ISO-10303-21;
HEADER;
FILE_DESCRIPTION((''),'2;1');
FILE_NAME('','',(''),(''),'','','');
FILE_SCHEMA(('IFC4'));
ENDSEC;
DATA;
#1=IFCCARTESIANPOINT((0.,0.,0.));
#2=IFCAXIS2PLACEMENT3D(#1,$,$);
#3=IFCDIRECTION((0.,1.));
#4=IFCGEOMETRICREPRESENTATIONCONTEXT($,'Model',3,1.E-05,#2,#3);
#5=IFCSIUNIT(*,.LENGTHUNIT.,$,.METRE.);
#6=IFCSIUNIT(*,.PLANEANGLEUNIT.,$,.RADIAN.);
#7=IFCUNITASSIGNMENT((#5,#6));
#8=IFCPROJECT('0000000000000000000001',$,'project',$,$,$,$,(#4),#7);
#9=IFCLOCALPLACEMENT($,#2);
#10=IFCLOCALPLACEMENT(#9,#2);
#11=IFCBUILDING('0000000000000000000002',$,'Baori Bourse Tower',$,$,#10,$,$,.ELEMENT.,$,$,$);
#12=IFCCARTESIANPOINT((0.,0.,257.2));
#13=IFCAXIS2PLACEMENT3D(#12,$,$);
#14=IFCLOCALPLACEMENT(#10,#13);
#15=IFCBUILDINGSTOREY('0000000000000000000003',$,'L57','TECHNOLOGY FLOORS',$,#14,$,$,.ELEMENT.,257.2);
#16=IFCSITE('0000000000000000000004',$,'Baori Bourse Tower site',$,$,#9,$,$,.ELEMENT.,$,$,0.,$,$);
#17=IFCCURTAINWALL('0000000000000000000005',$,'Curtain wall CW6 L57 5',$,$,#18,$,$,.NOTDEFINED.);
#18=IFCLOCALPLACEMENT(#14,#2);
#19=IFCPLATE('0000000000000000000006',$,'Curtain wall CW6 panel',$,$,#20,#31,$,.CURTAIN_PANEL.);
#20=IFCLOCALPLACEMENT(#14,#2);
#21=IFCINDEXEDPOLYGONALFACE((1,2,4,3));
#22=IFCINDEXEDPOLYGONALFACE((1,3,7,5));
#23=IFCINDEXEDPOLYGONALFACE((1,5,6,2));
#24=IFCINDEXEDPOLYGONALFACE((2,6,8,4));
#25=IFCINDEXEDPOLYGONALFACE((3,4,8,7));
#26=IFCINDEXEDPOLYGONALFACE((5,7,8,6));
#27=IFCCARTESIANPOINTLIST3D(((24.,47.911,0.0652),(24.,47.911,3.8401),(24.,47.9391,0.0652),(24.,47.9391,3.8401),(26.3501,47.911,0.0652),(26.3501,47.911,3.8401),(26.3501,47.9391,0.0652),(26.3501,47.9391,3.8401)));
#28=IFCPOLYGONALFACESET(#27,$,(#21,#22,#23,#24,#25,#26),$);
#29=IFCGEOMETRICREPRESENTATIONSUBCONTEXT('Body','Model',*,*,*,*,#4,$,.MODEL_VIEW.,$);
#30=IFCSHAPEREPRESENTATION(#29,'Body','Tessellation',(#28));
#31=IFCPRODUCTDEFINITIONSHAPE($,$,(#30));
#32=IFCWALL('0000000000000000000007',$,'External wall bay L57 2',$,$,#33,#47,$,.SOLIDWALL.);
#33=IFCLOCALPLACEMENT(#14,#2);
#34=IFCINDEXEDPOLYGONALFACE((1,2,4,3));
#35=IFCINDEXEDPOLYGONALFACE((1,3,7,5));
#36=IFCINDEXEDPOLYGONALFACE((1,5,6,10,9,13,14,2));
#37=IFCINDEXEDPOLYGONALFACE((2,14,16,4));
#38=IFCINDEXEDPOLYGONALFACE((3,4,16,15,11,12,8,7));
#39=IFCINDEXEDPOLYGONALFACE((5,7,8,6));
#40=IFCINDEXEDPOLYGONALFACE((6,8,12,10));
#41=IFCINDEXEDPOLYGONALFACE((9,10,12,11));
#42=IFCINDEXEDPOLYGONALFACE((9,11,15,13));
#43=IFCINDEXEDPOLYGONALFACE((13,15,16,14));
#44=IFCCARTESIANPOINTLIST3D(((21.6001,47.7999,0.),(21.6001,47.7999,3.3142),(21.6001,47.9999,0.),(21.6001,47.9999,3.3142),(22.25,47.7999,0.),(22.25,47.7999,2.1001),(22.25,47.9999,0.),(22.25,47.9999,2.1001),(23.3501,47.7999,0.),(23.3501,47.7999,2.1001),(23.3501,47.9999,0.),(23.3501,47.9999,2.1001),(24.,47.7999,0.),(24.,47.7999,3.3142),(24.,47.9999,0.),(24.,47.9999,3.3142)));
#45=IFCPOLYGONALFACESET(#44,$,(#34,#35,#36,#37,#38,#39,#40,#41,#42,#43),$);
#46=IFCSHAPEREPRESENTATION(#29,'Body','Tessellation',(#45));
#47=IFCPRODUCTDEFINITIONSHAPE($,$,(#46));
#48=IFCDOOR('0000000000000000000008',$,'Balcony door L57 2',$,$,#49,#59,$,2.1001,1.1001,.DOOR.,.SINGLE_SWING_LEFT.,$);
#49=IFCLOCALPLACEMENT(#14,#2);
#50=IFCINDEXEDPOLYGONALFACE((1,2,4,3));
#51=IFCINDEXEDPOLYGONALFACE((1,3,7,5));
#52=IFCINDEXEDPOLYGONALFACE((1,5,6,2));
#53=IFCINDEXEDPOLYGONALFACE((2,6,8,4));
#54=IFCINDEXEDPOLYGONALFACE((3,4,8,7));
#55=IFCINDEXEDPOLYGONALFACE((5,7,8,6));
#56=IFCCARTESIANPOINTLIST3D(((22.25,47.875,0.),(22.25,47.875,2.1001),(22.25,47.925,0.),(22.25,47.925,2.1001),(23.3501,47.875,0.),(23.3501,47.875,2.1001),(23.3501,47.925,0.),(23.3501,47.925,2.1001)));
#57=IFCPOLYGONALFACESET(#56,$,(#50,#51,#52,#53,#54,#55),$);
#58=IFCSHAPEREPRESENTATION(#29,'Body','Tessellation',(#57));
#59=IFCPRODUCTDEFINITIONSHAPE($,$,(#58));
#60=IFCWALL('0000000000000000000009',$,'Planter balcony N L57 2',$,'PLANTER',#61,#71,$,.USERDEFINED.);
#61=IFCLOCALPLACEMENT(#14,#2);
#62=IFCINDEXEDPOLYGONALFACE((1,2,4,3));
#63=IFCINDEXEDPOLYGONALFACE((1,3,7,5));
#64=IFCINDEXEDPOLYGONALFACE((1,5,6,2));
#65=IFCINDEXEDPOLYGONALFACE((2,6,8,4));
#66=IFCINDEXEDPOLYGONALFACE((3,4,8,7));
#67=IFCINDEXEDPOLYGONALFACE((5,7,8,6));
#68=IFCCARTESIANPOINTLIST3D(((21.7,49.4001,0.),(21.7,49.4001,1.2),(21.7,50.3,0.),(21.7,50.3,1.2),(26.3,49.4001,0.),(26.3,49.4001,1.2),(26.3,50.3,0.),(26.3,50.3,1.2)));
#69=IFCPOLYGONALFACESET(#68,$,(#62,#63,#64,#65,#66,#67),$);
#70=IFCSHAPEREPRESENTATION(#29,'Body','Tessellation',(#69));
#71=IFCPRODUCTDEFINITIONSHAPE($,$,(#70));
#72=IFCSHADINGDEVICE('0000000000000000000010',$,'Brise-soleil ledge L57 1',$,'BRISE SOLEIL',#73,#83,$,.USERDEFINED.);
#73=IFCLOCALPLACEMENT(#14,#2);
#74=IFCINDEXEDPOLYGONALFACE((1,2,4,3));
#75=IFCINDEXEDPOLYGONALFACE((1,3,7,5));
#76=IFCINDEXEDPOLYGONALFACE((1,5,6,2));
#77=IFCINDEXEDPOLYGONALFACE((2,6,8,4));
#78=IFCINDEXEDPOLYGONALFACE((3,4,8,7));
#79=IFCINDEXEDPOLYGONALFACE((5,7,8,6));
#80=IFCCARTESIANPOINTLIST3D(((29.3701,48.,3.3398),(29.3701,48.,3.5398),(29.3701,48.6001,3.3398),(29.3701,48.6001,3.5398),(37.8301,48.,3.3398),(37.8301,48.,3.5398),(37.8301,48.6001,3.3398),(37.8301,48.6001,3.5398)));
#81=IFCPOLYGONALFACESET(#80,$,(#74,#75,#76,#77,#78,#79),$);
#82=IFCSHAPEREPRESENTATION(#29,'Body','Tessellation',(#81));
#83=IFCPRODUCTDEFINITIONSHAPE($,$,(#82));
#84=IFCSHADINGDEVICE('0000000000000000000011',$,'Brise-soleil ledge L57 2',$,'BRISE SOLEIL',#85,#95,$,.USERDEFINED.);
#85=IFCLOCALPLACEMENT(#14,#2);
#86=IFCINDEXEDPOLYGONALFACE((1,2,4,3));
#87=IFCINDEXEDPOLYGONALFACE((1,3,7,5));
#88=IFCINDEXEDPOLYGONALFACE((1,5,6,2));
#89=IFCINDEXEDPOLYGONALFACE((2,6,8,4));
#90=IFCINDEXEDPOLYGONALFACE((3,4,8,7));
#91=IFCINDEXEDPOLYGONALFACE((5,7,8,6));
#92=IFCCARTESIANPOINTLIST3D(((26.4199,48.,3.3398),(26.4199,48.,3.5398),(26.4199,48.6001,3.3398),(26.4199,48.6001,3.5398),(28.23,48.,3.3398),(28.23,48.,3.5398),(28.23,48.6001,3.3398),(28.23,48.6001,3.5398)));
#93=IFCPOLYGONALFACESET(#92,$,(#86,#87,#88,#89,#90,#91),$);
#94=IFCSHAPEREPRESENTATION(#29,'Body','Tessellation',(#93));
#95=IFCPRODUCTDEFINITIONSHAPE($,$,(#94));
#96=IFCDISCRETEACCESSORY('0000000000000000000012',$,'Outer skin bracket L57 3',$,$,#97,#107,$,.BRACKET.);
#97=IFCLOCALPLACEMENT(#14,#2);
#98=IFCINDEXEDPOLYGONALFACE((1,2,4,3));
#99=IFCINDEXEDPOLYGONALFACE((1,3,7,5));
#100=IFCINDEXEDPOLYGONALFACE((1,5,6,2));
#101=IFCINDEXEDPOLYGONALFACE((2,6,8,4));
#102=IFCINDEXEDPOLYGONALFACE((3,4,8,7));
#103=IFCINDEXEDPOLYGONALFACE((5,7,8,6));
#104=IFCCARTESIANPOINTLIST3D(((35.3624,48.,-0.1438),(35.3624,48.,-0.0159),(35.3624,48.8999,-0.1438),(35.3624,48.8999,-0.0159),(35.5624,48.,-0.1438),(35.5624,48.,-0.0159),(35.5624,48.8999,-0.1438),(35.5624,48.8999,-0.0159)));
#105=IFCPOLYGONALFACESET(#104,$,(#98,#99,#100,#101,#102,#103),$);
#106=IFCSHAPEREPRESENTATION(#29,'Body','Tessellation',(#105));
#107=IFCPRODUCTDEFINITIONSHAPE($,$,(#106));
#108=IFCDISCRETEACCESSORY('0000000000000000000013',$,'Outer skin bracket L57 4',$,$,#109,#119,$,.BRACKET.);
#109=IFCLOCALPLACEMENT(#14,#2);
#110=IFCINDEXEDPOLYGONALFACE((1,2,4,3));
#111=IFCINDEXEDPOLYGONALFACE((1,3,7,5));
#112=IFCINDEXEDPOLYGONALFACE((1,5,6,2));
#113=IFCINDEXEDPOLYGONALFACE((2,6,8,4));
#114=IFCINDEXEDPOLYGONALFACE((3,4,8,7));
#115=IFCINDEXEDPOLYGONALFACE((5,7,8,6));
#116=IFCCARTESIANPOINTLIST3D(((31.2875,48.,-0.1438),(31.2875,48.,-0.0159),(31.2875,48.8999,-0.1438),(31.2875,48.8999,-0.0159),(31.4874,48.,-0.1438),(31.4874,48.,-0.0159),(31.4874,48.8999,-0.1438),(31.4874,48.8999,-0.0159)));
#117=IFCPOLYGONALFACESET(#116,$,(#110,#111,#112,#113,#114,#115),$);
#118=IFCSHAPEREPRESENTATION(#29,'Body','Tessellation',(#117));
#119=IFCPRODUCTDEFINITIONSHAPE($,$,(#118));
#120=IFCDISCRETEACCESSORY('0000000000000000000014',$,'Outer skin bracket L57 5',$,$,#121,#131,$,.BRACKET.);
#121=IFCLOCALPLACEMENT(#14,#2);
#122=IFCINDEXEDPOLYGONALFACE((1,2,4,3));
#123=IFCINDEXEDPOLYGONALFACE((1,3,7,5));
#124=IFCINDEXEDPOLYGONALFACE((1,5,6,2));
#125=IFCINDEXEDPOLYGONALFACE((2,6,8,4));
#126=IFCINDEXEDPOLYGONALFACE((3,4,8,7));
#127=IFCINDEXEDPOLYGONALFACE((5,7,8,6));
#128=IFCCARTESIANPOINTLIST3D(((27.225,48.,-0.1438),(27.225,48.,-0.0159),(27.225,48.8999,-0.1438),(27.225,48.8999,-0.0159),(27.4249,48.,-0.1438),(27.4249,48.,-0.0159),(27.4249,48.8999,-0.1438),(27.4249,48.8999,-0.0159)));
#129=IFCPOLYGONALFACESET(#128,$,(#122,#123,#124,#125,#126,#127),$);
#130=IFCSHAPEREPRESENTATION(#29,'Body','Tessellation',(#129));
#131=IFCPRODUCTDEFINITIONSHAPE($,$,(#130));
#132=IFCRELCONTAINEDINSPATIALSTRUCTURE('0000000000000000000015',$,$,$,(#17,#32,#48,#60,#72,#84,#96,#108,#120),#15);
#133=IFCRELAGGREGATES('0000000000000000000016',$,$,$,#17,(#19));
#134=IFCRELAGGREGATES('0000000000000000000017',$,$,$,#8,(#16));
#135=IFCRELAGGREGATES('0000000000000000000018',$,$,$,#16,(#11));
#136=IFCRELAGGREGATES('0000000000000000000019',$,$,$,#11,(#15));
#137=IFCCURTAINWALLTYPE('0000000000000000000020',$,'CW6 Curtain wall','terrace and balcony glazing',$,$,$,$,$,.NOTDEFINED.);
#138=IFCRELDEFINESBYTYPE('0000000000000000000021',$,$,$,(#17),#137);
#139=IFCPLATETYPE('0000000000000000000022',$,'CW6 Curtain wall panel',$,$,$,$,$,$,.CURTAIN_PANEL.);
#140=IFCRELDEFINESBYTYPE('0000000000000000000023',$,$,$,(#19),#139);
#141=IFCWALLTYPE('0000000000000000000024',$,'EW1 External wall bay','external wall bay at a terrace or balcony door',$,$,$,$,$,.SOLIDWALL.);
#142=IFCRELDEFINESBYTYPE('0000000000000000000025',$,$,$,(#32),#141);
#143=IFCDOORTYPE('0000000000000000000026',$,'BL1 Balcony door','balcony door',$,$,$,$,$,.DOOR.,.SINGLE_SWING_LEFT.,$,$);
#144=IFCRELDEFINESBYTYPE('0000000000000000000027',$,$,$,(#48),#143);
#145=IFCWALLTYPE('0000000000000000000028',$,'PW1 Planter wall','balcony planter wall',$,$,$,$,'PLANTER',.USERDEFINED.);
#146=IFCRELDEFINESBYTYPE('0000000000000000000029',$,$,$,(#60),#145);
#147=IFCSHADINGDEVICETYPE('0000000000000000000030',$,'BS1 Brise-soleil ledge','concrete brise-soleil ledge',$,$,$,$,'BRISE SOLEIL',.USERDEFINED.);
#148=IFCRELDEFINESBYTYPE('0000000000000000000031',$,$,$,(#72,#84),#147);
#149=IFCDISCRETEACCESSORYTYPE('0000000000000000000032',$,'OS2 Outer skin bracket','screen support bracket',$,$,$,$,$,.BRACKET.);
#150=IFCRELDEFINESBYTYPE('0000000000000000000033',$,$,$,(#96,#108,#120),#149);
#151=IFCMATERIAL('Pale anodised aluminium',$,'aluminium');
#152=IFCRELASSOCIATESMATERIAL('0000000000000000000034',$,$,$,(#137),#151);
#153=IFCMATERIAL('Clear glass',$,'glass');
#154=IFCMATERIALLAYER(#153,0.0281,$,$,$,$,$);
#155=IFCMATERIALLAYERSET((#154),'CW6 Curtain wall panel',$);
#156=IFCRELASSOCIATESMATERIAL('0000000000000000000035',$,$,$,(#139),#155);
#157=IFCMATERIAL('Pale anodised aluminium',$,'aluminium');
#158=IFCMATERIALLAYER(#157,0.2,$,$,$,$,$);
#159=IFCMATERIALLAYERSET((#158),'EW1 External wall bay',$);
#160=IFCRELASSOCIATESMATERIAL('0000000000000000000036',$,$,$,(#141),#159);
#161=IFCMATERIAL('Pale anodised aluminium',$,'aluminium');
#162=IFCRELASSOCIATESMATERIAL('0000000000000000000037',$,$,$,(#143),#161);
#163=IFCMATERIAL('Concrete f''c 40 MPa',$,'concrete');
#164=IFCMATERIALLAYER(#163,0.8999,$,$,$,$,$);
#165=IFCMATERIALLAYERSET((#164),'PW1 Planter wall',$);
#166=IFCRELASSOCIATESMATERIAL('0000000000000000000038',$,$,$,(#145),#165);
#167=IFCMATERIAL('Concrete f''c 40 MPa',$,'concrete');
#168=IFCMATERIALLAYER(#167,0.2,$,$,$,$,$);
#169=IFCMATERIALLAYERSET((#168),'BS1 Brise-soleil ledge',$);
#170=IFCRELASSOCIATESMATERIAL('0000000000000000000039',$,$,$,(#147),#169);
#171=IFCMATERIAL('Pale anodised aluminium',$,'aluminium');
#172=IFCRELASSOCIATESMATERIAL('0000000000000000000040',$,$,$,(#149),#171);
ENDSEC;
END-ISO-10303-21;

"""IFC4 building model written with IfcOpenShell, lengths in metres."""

from ifc_helpers import new_model, si_unit, direction, frame, frame_2d, origin, origin_2d, place, context, subcontext, project, spatial, rectangle, extrude, material, layer, layer_set, type_object, element, fill, aggregate, save


model = new_model("IFC4")

# Units and contexts
model_context = context("Model", 3, precision=1e-05, world=origin(), true_north=direction((0.0, 1.0)))
body_context = subcontext(model_context, "Body", "Model", "MODEL_VIEW")
ifc_project = project(units=[si_unit("LENGTHUNIT", "METRE"), si_unit("PLANEANGLEUNIT", "RADIAN")], contexts=[model_context])

# Site, building, storey
site_placement = place(None, origin())
site = spatial("IfcSite", under=ifc_project, at=site_placement, Name="Baori Bourse Tower site", CompositionType="ELEMENT", RefElevation=0.0)
building_placement = place(site_placement, origin())
building = spatial("IfcBuilding", under=site, at=building_placement, Name="Baori Bourse Tower", CompositionType="ELEMENT")
storey_placement = place(building_placement, frame((0.0, 0.0, 257.2)))
storey = spatial("IfcBuildingStorey", under=building, at=storey_placement, Name="L57", Description="TECHNOLOGY FLOORS", CompositionType="ELEMENT", Elevation=257.2)

# Curtain wall
ifc_material_1 = material(Name="Pale anodised aluminium", Category="aluminium")
curtain_wall_type_1 = type_object("IfcCurtainWallType", Name="CW6 Curtain wall", Description="terrace and balcony glazing", PredefinedType="NOTDEFINED", material=ifc_material_1)
curtain_wall_1_placement = place(storey_placement, origin())
curtain_wall_1 = element("IfcCurtainWall", 1, at=curtain_wall_1_placement, inside=storey, type_object=curtain_wall_type_1, Name="Curtain wall CW6 L57 5", PredefinedType="NOTDEFINED")

# Plate
ifc_material_2 = material(Name="Clear glass", Category="glass")
ifc_layer_1 = layer(ifc_material_2, 0.0281)
ifc_layer_set_1 = layer_set([ifc_layer_1], Name="CW6 Curtain wall panel")
plate_type = type_object("IfcPlateType", Name="CW6 Curtain wall panel", PredefinedType="CURTAIN_PANEL", material=ifc_layer_set_1)
plate_placement = place(storey_placement, frame((25.175, 47.925, 0.0652), z_axis=(0.0, 0.0, 1.0), x_axis=(-1.0, 0.0, 0.0)))
plate = element("IfcPlate", 2, at=plate_placement, type_object=plate_type, Name="Curtain wall CW6 panel", PredefinedType="CURTAIN_PANEL", context=body_context, shape_type="SweptSolid", body=[
    extrude(rectangle(XDim=2.3501, YDim=0.0281, at=origin_2d()), origin(), (0.0, 0.0, 1.0), 3.7749),
])
aggregate(curtain_wall_1, [plate])

# Wall, opening, door
ifc_material_3 = material(Name="Pale anodised aluminium", Category="aluminium")
ifc_layer_2 = layer(ifc_material_3, 0.2)
ifc_layer_set_2 = layer_set([ifc_layer_2], Name="EW1 External wall bay")
wall_type_1 = type_object("IfcWallType", Name="EW1 External wall bay", Description="external wall bay at a terrace or balcony door", PredefinedType="SOLIDWALL", material=ifc_layer_set_2)
wall_1_placement = place(storey_placement, frame((24.0, 47.8999, 0.0), z_axis=(0.0, 0.0, 1.0), x_axis=(-1.0, 0.0, 0.0)))
wall_1 = element("IfcWall", 3, at=wall_1_placement, inside=storey, type_object=wall_type_1, Name="External wall bay L57 2", PredefinedType="SOLIDWALL", context=body_context, shape_type="SweptSolid", body=[
    extrude(rectangle(XDim=2.3999, YDim=0.2, at=frame_2d((1.2, 0.0))), origin(), (0.0, 0.0, 1.0), 3.3142),
])
opening_placement = place(wall_1_placement, frame((0.6499, 0.0, 0.0)))
opening = element("IfcOpeningElement", 4, at=opening_placement, cuts=wall_1, PredefinedType="OPENING", context=body_context, shape_type="SweptSolid", body=[
    extrude(rectangle(XDim=1.1001, YDim=2.1001, at=frame_2d((0.55, 1.05))), frame((0.0, 0.1099, 0.0), z_axis=(0.0, -1.0, 0.0), x_axis=(1.0, 0.0, 0.0)), (0.0, 0.0, 1.0), 0.22),
])
ifc_material_4 = material(Name="Pale anodised aluminium", Category="aluminium")
door_type = type_object("IfcDoorType", Name="BL1 Balcony door", Description="balcony door", OperationType="SINGLE_SWING_LEFT", PredefinedType="DOOR", material=ifc_material_4)
door_placement = place(opening_placement, origin())
door = element("IfcDoor", 5, at=door_placement, inside=storey, type_object=door_type, Name="Balcony door L57 2", OperationType="SINGLE_SWING_LEFT", OverallHeight=2.1001, OverallWidth=1.1001, PredefinedType="DOOR", context=body_context, shape_type="SweptSolid", body=[
    extrude(rectangle(XDim=1.1001, YDim=2.1001, at=frame_2d((0.55, 1.05))), frame((0.0, 0.0249, 0.0), z_axis=(0.0, -1.0, 0.0), x_axis=(1.0, 0.0, 0.0)), (0.0, 0.0, 1.0), 0.05),
])
fill(opening, door)

# Wall
ifc_material_5 = material(Name="Concrete f'c 40 MPa", Category="concrete")
ifc_layer_3 = layer(ifc_material_5, 0.8999)
ifc_layer_set_3 = layer_set([ifc_layer_3], Name="PW1 Planter wall")
wall_type_2 = type_object("IfcWallType", Name="PW1 Planter wall", Description="balcony planter wall", ElementType="PLANTER", PredefinedType="USERDEFINED", material=ifc_layer_set_3)
wall_2_placement = place(storey_placement, frame((21.7, 49.8501, 0.0), z_axis=(0.0, 0.0, 1.0), x_axis=(1.0, 0.0, 0.0)))
element("IfcWall", 6, at=wall_2_placement, inside=storey, type_object=wall_type_2, Name="Planter balcony N L57 2", ObjectType="PLANTER", PredefinedType="USERDEFINED", context=body_context, shape_type="SweptSolid", body=[
    extrude(rectangle(XDim=4.6001, YDim=0.8999, at=frame_2d((2.3, 0.0))), origin(), (0.0, 0.0, 1.0), 1.2),
])

# Shading devices
ifc_material_6 = material(Name="Concrete f'c 40 MPa", Category="concrete")
ifc_layer_4 = layer(ifc_material_6, 0.2)
ifc_layer_set_4 = layer_set([ifc_layer_4], Name="BS1 Brise-soleil ledge")
shading_device_type = type_object("IfcShadingDeviceType", Name="BS1 Brise-soleil ledge", Description="concrete brise-soleil ledge", ElementType="BRISE SOLEIL", PredefinedType="USERDEFINED", material=ifc_layer_set_4)
shading_device_1_placement = place(storey_placement, frame((33.6001, 48.3, 3.3398), z_axis=(0.0, 0.0, 1.0), x_axis=(-1.0, 0.0, 0.0)))
element("IfcShadingDevice", 7, at=shading_device_1_placement, inside=storey, type_object=shading_device_type, Name="Brise-soleil ledge L57 1", ObjectType="BRISE SOLEIL", PredefinedType="USERDEFINED", context=body_context, shape_type="SweptSolid", body=[
    extrude(rectangle(XDim=8.46, YDim=0.6001, at=origin_2d()), origin(), (0.0, 0.0, 1.0), 0.2),
])
shading_device_2_placement = place(storey_placement, frame((27.325, 48.3, 3.3398), z_axis=(0.0, 0.0, 1.0), x_axis=(-1.0, 0.0, 0.0)))
element("IfcShadingDevice", 8, at=shading_device_2_placement, inside=storey, type_object=shading_device_type, Name="Brise-soleil ledge L57 2", ObjectType="BRISE SOLEIL", PredefinedType="USERDEFINED", context=body_context, shape_type="SweptSolid", body=[
    extrude(rectangle(XDim=1.8101, YDim=0.6001, at=origin_2d()), origin(), (0.0, 0.0, 1.0), 0.2),
])

# Discrete accessories
ifc_material_7 = material(Name="Pale anodised aluminium", Category="aluminium")
discrete_accessory_type = type_object("IfcDiscreteAccessoryType", Name="OS2 Outer skin bracket", Description="screen support bracket", PredefinedType="BRACKET", material=ifc_material_7)
for number, where, z_axis, x_axis, name in (
    (9, (35.4624, 48.45, -0.1438), (0.0, 0.0, 1.0), (-1.0, 0.0, 0.0), "Outer skin bracket L57 3"),
    (10, (31.3875, 48.45, -0.1438), (0.0, 0.0, 1.0), (-1.0, 0.0, 0.0), "Outer skin bracket L57 4"),
    (11, (27.325, 48.45, -0.1438), (0.0, 0.0, 1.0), (-1.0, 0.0, 0.0), "Outer skin bracket L57 5"),
):
    element("IfcDiscreteAccessory", number, at=place(storey_placement, frame(where, z_axis=z_axis, x_axis=x_axis)), inside=storey, type_object=discrete_accessory_type, Name=name, PredefinedType="BRACKET", context=body_context, shape_type="SweptSolid", body=[
        extrude(rectangle(XDim=0.2, YDim=0.8999, at=origin_2d()), origin(), (0.0, 0.0, 1.0), 0.1279),
    ])

save(model, "model.ifc")
